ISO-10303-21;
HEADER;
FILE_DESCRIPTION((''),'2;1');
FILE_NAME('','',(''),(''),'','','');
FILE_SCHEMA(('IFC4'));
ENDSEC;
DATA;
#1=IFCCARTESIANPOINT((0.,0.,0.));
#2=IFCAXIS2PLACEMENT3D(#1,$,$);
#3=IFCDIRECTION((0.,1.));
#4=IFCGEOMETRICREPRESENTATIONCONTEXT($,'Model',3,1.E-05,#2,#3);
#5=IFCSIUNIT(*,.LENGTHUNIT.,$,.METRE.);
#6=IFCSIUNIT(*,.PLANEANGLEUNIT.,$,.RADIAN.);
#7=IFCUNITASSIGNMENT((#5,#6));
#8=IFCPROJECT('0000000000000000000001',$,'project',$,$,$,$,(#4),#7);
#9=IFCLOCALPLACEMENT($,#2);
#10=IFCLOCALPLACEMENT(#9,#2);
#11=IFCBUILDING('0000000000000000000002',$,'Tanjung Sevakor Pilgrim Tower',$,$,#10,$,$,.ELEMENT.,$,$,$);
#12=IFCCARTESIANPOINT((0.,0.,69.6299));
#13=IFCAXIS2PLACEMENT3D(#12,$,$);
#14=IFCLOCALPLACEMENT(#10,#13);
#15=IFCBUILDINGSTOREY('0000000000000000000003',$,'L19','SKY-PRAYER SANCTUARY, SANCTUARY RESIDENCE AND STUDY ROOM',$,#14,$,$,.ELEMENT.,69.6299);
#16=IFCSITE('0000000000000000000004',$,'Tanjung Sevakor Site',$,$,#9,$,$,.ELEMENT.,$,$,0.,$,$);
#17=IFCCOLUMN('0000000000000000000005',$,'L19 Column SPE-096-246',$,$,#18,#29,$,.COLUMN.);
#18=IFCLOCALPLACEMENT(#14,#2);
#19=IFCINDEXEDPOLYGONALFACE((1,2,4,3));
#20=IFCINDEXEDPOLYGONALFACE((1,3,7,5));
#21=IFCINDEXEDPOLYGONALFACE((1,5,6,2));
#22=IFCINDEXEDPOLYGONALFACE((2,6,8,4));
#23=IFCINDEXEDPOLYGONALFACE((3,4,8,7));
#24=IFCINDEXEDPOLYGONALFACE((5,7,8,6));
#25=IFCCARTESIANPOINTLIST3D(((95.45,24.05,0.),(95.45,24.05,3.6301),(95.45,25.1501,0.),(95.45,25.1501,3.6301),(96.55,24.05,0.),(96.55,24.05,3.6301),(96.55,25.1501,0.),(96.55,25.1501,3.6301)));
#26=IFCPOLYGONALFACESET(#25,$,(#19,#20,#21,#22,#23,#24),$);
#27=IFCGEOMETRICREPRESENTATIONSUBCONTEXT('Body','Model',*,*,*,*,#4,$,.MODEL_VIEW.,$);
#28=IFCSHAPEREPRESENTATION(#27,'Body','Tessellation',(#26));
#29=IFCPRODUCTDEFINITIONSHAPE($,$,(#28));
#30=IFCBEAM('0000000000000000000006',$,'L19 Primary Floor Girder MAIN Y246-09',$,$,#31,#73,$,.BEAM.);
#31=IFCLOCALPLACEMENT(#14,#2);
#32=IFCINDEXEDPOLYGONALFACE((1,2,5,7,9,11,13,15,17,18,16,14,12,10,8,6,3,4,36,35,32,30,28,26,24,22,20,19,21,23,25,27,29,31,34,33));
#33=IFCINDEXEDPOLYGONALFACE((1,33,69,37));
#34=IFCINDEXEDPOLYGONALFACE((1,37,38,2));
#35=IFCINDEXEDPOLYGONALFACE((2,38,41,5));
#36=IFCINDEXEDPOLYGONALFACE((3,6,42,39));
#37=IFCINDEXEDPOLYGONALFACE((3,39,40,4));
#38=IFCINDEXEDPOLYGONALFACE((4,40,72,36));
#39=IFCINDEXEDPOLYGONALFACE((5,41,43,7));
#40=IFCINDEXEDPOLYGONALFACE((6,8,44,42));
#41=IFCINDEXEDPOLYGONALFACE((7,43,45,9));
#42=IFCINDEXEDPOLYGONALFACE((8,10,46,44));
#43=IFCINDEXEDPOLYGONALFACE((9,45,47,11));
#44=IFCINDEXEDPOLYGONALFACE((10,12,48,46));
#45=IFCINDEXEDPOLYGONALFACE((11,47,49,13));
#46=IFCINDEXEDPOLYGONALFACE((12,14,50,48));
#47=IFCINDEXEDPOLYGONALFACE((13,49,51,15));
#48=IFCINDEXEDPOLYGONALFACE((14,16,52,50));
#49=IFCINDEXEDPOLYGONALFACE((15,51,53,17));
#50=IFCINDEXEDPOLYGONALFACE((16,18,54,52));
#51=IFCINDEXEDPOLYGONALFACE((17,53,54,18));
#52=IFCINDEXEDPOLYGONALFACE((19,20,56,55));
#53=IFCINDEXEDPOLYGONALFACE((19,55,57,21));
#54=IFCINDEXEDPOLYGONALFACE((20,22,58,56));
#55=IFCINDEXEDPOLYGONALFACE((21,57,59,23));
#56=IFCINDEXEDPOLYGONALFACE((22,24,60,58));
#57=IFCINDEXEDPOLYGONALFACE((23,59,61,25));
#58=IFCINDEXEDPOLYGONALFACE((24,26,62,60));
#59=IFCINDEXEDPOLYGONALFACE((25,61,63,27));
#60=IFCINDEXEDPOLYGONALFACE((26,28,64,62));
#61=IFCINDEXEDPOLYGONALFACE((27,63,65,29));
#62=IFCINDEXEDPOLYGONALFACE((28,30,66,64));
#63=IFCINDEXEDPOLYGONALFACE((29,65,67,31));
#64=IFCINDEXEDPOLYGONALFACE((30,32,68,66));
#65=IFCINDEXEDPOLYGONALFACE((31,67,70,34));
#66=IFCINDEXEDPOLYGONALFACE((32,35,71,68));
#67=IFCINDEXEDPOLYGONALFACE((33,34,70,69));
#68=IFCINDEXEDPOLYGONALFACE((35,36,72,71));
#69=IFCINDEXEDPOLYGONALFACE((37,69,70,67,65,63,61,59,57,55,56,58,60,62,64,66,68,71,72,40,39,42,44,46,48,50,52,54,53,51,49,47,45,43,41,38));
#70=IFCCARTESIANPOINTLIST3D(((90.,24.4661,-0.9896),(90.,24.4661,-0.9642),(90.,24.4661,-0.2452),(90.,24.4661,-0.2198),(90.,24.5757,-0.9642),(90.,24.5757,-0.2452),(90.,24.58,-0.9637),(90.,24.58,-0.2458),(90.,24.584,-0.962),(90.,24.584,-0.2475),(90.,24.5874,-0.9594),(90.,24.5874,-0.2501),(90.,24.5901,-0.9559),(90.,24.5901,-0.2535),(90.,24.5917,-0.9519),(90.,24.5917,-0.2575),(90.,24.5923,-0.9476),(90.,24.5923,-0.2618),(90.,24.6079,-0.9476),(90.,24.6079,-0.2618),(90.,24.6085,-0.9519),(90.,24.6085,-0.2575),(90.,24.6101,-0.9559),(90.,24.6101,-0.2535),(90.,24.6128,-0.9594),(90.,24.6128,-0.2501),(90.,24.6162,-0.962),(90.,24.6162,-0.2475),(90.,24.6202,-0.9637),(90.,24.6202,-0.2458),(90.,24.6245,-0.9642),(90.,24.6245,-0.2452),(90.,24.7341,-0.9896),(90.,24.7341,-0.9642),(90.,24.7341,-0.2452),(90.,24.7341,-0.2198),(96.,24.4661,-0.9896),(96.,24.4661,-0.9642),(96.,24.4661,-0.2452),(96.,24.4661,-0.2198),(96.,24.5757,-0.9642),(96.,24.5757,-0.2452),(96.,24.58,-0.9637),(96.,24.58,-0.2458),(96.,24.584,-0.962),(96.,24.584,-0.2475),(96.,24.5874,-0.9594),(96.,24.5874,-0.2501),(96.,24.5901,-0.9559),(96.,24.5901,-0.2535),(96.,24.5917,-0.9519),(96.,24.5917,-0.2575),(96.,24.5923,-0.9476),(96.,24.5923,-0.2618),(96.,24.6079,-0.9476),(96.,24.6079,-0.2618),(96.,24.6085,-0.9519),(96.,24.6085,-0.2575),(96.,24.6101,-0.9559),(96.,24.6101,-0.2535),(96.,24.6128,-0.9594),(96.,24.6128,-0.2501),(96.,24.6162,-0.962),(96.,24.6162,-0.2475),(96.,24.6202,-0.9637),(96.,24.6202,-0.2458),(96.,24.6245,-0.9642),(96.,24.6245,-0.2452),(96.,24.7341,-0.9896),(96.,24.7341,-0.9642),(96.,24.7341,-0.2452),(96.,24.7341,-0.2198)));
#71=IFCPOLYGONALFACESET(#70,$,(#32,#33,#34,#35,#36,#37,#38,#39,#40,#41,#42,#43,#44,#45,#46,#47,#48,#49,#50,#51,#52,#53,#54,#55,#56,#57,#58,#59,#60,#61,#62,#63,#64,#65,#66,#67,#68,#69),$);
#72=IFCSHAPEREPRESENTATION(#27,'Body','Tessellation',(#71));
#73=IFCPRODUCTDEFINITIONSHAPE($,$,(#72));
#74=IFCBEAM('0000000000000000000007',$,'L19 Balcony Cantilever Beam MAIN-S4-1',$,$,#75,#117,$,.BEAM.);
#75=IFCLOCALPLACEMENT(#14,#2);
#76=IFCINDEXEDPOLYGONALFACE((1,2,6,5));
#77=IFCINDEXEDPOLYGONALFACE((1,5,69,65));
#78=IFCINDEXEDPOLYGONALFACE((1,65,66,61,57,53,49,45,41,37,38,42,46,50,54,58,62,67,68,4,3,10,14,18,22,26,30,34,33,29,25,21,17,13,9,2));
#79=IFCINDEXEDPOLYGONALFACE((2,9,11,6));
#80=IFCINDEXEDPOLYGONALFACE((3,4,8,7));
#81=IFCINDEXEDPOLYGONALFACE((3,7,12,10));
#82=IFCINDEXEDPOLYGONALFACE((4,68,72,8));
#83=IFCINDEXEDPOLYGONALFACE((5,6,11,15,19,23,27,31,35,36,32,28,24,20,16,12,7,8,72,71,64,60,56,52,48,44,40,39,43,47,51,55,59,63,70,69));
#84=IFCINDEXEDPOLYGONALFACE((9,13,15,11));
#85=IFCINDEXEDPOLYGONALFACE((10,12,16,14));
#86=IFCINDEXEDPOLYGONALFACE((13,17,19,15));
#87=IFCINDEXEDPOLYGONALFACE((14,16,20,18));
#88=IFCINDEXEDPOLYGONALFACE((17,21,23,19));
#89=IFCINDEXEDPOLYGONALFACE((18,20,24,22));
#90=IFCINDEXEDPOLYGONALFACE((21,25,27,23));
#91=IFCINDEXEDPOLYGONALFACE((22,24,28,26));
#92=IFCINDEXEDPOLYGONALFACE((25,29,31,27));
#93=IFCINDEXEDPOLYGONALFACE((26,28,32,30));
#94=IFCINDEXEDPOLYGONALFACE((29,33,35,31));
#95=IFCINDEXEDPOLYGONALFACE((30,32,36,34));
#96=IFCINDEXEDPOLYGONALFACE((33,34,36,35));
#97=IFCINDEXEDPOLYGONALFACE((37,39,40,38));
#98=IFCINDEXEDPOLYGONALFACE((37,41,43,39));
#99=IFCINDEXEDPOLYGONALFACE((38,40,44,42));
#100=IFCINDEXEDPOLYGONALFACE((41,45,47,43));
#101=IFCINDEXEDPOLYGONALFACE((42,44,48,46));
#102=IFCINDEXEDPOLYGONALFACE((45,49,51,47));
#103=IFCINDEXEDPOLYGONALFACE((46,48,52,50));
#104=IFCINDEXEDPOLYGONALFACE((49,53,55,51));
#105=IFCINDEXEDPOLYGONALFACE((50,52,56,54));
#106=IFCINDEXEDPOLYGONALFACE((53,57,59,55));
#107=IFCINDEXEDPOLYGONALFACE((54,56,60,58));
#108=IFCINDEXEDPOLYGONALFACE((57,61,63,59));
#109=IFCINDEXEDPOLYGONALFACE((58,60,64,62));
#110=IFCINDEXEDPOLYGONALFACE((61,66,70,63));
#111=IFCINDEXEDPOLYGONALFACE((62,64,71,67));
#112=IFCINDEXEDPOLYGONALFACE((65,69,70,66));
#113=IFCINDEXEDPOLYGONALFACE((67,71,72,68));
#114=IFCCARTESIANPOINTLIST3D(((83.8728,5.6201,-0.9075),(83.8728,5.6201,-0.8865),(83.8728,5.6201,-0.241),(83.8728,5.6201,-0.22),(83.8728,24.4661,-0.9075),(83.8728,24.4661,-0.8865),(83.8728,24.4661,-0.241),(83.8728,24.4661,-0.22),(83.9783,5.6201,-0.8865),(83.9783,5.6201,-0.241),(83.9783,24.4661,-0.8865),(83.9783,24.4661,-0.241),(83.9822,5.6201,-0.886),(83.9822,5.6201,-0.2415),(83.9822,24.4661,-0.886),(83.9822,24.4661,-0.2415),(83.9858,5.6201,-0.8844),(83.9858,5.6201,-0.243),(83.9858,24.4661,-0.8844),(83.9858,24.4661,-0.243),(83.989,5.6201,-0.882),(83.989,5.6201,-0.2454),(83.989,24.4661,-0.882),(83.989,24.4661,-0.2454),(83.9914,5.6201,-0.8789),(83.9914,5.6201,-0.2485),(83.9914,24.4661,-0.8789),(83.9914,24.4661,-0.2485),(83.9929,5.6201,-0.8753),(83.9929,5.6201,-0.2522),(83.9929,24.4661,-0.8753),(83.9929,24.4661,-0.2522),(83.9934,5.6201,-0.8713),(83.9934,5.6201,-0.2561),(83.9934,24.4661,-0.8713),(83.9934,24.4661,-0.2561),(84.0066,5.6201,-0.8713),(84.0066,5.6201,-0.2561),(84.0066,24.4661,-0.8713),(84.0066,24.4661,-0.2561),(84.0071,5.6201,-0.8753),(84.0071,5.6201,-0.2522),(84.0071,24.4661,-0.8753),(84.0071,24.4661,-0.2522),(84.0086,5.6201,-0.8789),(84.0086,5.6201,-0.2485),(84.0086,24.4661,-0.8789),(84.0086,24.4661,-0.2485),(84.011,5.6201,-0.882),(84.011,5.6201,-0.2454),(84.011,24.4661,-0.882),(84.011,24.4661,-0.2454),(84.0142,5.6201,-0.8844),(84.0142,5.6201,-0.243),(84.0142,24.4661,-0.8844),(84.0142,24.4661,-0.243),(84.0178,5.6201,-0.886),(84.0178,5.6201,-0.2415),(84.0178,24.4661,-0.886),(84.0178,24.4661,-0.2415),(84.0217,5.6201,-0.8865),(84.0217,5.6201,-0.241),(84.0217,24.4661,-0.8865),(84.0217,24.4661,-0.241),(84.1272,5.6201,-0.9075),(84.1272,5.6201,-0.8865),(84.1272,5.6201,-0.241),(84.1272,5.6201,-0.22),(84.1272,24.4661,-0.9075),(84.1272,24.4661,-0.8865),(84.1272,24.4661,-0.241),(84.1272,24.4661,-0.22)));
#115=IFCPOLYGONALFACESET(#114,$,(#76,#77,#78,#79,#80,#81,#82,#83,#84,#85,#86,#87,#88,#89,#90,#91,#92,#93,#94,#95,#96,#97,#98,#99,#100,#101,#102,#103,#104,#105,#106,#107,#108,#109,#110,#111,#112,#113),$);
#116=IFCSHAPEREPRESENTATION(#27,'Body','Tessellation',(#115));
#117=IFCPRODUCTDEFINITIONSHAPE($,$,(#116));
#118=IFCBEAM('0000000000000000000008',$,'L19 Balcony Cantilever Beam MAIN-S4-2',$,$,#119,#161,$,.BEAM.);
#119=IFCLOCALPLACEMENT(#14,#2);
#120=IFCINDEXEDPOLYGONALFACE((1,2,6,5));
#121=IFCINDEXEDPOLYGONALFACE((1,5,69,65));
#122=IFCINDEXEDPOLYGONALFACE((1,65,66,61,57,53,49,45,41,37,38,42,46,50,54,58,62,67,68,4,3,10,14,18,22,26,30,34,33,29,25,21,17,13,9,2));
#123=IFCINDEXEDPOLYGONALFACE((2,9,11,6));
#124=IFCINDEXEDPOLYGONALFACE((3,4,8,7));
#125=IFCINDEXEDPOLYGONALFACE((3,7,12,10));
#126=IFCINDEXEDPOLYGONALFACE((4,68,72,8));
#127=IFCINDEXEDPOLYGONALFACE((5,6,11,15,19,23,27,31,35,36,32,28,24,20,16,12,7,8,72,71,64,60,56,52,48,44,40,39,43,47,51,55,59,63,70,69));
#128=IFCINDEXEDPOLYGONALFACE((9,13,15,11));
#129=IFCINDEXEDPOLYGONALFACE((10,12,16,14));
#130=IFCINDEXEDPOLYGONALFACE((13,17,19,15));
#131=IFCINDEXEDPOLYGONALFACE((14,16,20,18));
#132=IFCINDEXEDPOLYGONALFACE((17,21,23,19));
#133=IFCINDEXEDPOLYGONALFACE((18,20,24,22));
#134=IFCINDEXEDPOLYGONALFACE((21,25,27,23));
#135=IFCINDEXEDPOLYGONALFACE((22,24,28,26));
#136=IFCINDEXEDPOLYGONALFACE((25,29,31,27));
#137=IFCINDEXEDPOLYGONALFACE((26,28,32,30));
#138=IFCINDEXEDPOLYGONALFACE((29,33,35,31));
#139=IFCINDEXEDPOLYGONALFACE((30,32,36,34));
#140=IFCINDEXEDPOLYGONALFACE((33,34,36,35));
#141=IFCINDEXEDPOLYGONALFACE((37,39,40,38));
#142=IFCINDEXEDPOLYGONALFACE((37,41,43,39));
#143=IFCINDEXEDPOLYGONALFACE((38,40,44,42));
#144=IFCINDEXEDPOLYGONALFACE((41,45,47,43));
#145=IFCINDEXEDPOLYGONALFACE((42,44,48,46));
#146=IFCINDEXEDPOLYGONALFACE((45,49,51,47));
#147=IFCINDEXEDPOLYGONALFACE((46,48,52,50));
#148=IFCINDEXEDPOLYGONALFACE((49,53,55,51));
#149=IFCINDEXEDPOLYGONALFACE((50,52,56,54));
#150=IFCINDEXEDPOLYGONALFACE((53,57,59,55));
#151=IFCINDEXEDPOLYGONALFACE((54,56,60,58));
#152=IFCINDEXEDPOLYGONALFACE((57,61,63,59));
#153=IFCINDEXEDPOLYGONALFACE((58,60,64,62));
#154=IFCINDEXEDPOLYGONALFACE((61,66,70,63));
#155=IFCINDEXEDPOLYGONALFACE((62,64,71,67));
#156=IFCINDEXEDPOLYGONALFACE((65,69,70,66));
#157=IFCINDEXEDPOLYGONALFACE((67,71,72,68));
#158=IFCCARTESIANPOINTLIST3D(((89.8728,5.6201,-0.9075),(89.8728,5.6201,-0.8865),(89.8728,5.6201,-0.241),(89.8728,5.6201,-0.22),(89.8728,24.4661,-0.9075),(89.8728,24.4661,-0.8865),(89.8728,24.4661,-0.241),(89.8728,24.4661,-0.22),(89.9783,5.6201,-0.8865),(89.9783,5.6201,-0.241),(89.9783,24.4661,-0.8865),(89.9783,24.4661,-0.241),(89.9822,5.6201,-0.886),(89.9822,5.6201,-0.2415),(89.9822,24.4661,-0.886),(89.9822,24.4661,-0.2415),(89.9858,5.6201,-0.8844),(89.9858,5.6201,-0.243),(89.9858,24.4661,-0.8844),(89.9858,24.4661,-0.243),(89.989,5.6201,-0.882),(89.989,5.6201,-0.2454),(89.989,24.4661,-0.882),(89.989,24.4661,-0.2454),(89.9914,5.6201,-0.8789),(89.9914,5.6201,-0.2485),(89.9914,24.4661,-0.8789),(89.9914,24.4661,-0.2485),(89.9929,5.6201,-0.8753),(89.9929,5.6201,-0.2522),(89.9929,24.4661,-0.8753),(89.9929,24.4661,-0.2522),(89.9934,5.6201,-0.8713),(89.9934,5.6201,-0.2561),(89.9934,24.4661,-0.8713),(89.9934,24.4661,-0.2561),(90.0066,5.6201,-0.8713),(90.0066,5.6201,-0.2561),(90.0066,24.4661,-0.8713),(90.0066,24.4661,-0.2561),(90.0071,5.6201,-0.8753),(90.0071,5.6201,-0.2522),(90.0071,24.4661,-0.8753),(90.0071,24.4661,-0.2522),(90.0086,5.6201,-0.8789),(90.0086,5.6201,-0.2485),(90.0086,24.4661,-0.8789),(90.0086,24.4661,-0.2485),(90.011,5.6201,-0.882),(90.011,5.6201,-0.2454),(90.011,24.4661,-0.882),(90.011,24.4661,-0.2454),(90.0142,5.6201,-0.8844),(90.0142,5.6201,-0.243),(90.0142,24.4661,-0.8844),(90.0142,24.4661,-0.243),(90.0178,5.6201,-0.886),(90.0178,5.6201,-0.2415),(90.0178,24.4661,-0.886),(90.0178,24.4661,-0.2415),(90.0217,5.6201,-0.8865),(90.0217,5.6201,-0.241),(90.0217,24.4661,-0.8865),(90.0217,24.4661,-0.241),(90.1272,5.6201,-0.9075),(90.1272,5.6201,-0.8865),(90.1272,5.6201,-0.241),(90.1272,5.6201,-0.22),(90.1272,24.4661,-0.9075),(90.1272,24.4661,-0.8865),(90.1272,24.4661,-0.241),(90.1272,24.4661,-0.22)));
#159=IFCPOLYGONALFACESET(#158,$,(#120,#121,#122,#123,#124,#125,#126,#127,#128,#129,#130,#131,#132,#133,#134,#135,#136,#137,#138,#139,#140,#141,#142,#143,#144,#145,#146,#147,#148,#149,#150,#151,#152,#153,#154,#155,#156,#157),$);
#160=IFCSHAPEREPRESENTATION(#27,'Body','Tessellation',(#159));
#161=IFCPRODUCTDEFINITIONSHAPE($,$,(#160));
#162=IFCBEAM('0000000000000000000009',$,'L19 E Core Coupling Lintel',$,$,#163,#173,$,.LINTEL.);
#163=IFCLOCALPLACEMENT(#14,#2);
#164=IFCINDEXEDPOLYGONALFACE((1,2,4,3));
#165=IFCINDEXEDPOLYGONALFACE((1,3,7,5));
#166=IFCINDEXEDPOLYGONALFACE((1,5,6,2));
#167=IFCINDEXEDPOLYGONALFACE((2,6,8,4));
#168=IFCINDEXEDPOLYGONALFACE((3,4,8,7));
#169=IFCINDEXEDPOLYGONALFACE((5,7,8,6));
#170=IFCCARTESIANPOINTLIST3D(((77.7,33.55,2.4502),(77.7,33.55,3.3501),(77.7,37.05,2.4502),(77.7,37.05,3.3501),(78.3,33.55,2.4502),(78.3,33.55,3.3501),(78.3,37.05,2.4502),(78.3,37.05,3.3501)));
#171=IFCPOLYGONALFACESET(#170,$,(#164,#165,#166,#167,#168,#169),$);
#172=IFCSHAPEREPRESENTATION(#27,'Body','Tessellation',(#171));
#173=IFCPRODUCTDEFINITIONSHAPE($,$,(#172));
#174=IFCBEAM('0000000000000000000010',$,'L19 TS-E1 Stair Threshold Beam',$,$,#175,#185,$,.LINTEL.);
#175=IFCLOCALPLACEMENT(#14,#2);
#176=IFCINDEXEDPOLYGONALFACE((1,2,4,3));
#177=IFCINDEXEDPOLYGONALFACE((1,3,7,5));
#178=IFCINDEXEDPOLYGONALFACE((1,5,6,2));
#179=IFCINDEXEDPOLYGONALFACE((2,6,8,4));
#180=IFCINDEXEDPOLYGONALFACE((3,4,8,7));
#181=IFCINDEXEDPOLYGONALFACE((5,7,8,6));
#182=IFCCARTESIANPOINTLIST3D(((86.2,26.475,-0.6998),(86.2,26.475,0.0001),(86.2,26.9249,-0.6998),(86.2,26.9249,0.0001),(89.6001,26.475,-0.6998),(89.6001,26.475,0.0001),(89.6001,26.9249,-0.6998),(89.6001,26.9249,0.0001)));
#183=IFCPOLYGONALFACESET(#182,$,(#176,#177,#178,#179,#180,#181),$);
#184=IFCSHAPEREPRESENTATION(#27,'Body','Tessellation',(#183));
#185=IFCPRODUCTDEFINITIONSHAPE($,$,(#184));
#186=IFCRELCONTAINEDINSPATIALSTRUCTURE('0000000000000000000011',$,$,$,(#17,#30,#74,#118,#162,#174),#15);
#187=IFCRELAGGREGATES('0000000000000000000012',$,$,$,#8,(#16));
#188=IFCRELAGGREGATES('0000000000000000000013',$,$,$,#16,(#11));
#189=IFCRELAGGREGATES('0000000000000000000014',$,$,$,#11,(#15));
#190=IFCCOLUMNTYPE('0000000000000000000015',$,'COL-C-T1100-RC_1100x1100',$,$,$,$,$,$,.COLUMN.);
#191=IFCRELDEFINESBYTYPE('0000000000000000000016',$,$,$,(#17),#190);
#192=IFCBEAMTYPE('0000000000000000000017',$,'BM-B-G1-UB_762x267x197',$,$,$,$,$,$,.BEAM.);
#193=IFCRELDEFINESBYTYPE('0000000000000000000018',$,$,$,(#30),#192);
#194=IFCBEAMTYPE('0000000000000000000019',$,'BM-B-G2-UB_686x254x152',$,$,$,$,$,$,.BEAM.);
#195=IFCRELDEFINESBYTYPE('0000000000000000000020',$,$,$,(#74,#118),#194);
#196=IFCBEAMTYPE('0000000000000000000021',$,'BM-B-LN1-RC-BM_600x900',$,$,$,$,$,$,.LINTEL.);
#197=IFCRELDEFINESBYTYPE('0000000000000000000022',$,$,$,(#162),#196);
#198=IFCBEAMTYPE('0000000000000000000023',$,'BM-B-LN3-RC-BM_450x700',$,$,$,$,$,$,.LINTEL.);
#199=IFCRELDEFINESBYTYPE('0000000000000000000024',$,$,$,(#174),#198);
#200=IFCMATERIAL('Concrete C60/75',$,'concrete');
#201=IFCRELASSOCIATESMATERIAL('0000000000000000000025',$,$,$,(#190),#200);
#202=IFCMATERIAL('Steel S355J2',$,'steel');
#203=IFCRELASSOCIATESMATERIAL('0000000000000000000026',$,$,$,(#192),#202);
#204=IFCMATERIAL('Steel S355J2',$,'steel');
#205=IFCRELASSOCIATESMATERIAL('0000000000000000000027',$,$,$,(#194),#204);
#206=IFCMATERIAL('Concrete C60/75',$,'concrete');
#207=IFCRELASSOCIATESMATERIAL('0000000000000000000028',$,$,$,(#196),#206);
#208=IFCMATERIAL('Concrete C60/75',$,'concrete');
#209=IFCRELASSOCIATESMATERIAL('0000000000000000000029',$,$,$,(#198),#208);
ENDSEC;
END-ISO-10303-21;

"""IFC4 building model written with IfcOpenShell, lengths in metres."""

from ifc_helpers import new_model, si_unit, direction, frame, origin, origin_2d, place, context, subcontext, project, spatial, rectangle, i_section, extrude, material, material_profile, profile_set, type_object, element, save


model = new_model("IFC4")

# Units and contexts
model_context = context("Model", 3, precision=1e-05, world=origin(), true_north=direction((0.0, 1.0)))
body_context = subcontext(model_context, "Body", "Model", "MODEL_VIEW")
ifc_project = project(units=[si_unit("LENGTHUNIT", "METRE"), si_unit("PLANEANGLEUNIT", "RADIAN")], contexts=[model_context])

# Site, building, storey
site_placement = place(None, origin())
site = spatial("IfcSite", under=ifc_project, at=site_placement, Name="Tanjung Sevakor Site", CompositionType="ELEMENT", RefElevation=0.0)
building_placement = place(site_placement, origin())
building = spatial("IfcBuilding", under=site, at=building_placement, Name="Tanjung Sevakor Pilgrim Tower", CompositionType="ELEMENT")
storey_placement = place(building_placement, frame((0.0, 0.0, 69.6299)))
storey = spatial("IfcBuildingStorey", under=building, at=storey_placement, Name="L19", Description="SKY-PRAYER SANCTUARY, SANCTUARY RESIDENCE AND STUDY ROOM", CompositionType="ELEMENT", Elevation=69.6299)

# Column
ifc_material_1 = material(Name="Concrete C60/75", Category="concrete")
ifc_material_profile_1 = material_profile(ifc_material_1, rectangle(XDim=1.1001, YDim=1.1001, at=origin_2d()))
ifc_profile_set_1 = profile_set([ifc_material_profile_1], Name="Concrete C60/75")
column_type = type_object("IfcColumnType", Name="COL-C-T1100-RC_1100x1100", PredefinedType="COLUMN", material=ifc_profile_set_1)
column_placement = place(storey_placement, frame((96.0, 24.6001, 0.0), z_axis=(0.0, 0.0, 1.0), x_axis=(1.0, 0.0, 0.0)))
element("IfcColumn", 1, at=column_placement, inside=storey, type_object=column_type, Name="L19 Column SPE-096-246", PredefinedType="COLUMN", context=body_context, shape_type="SweptSolid", body=[
    extrude(rectangle(XDim=1.1001, YDim=1.1001, at=origin_2d()), origin(), (0.0, 0.0, 1.0), 3.6301),
])

# Beams
ifc_material_2 = material(Name="Steel S355J2", Category="steel")
ifc_material_profile_2 = material_profile(ifc_material_2, i_section(OverallWidth=0.2681, OverallDepth=0.7698, WebThickness=0.0156, FlangeThickness=0.0254, FilletRadius=0.0166, at=origin_2d()))
ifc_profile_set_2 = profile_set([ifc_material_profile_2], Name="Steel S355J2")
beam_type_1 = type_object("IfcBeamType", Name="BM-B-G1-UB_762x267x197", PredefinedType="BEAM", material=ifc_profile_set_2)
beam_1_placement = place(storey_placement, frame((90.0, 24.6001, -0.6047), z_axis=(1.0, 0.0, 0.0), x_axis=(0.0, 1.0, 0.0)))
element("IfcBeam", 2, at=beam_1_placement, inside=storey, type_object=beam_type_1, Name="L19 Primary Floor Girder MAIN Y246-09", PredefinedType="BEAM", context=body_context, shape_type="SweptSolid", body=[
    extrude(i_section(OverallWidth=0.2681, OverallDepth=0.7698, WebThickness=0.0156, FlangeThickness=0.0254, FilletRadius=0.0166, at=origin_2d()), origin(), (0.0, 0.0, 1.0), 6.0),
])
ifc_material_3 = material(Name="Steel S355J2", Category="steel")
ifc_material_profile_3 = material_profile(ifc_material_3, i_section(OverallWidth=0.2544, OverallDepth=0.6875, WebThickness=0.0132, FlangeThickness=0.021, FilletRadius=0.0151, at=origin_2d()))
ifc_profile_set_3 = profile_set([ifc_material_profile_3], Name="Steel S355J2")
beam_type_2 = type_object("IfcBeamType", Name="BM-B-G2-UB_686x254x152", PredefinedType="BEAM", material=ifc_profile_set_3)
for number, where, z_axis, x_axis, name in (
    (3, (84.0, 24.4661, -0.5637), (0.0, -1.0, 0.0), (1.0, 0.0, 0.0), "L19 Balcony Cantilever Beam MAIN-S4-1"),
    (4, (90.0, 24.4661, -0.5637), (0.0, -1.0, 0.0), (1.0, 0.0, 0.0), "L19 Balcony Cantilever Beam MAIN-S4-2"),
):
    element("IfcBeam", number, at=place(storey_placement, frame(where, z_axis=z_axis, x_axis=x_axis)), inside=storey, type_object=beam_type_2, Name=name, PredefinedType="BEAM", context=body_context, shape_type="SweptSolid", body=[
        extrude(i_section(OverallWidth=0.2544, OverallDepth=0.6875, WebThickness=0.0132, FlangeThickness=0.021, FilletRadius=0.0151, at=origin_2d()), origin(), (0.0, 0.0, 1.0), 18.8459),
    ])
ifc_material_4 = material(Name="Concrete C60/75", Category="concrete")
ifc_material_profile_4 = material_profile(ifc_material_4, rectangle(XDim=0.6001, YDim=0.8999, at=origin_2d()))
ifc_profile_set_4 = profile_set([ifc_material_profile_4], Name="Concrete C60/75")
beam_type_3 = type_object("IfcBeamType", Name="BM-B-LN1-RC-BM_600x900", PredefinedType="LINTEL", material=ifc_profile_set_4)
beam_2_placement = place(storey_placement, frame((78.0, 33.55, 2.9001), z_axis=(0.0, 1.0, 0.0), x_axis=(-1.0, 0.0, 0.0)))
element("IfcBeam", 5, at=beam_2_placement, inside=storey, type_object=beam_type_3, Name="L19 E Core Coupling Lintel", PredefinedType="LINTEL", context=body_context, shape_type="SweptSolid", body=[
    extrude(rectangle(XDim=0.6001, YDim=0.8999, at=origin_2d()), origin(), (0.0, 0.0, 1.0), 3.5),
])
ifc_material_5 = material(Name="Concrete C60/75", Category="concrete")
ifc_material_profile_5 = material_profile(ifc_material_5, rectangle(XDim=0.45, YDim=0.7, at=origin_2d()))
ifc_profile_set_5 = profile_set([ifc_material_profile_5], Name="Concrete C60/75")
beam_type_4 = type_object("IfcBeamType", Name="BM-B-LN3-RC-BM_450x700", PredefinedType="LINTEL", material=ifc_profile_set_5)
beam_3_placement = place(storey_placement, frame((86.2, 26.7, -0.3499), z_axis=(1.0, 0.0, 0.0), x_axis=(0.0, 1.0, 0.0)))
element("IfcBeam", 6, at=beam_3_placement, inside=storey, type_object=beam_type_4, Name="L19 TS-E1 Stair Threshold Beam", PredefinedType="LINTEL", context=body_context, shape_type="SweptSolid", body=[
    extrude(rectangle(XDim=0.45, YDim=0.7, at=origin_2d()), origin(), (0.0, 0.0, 1.0), 3.4001),
])

save(model, "model.ifc")
